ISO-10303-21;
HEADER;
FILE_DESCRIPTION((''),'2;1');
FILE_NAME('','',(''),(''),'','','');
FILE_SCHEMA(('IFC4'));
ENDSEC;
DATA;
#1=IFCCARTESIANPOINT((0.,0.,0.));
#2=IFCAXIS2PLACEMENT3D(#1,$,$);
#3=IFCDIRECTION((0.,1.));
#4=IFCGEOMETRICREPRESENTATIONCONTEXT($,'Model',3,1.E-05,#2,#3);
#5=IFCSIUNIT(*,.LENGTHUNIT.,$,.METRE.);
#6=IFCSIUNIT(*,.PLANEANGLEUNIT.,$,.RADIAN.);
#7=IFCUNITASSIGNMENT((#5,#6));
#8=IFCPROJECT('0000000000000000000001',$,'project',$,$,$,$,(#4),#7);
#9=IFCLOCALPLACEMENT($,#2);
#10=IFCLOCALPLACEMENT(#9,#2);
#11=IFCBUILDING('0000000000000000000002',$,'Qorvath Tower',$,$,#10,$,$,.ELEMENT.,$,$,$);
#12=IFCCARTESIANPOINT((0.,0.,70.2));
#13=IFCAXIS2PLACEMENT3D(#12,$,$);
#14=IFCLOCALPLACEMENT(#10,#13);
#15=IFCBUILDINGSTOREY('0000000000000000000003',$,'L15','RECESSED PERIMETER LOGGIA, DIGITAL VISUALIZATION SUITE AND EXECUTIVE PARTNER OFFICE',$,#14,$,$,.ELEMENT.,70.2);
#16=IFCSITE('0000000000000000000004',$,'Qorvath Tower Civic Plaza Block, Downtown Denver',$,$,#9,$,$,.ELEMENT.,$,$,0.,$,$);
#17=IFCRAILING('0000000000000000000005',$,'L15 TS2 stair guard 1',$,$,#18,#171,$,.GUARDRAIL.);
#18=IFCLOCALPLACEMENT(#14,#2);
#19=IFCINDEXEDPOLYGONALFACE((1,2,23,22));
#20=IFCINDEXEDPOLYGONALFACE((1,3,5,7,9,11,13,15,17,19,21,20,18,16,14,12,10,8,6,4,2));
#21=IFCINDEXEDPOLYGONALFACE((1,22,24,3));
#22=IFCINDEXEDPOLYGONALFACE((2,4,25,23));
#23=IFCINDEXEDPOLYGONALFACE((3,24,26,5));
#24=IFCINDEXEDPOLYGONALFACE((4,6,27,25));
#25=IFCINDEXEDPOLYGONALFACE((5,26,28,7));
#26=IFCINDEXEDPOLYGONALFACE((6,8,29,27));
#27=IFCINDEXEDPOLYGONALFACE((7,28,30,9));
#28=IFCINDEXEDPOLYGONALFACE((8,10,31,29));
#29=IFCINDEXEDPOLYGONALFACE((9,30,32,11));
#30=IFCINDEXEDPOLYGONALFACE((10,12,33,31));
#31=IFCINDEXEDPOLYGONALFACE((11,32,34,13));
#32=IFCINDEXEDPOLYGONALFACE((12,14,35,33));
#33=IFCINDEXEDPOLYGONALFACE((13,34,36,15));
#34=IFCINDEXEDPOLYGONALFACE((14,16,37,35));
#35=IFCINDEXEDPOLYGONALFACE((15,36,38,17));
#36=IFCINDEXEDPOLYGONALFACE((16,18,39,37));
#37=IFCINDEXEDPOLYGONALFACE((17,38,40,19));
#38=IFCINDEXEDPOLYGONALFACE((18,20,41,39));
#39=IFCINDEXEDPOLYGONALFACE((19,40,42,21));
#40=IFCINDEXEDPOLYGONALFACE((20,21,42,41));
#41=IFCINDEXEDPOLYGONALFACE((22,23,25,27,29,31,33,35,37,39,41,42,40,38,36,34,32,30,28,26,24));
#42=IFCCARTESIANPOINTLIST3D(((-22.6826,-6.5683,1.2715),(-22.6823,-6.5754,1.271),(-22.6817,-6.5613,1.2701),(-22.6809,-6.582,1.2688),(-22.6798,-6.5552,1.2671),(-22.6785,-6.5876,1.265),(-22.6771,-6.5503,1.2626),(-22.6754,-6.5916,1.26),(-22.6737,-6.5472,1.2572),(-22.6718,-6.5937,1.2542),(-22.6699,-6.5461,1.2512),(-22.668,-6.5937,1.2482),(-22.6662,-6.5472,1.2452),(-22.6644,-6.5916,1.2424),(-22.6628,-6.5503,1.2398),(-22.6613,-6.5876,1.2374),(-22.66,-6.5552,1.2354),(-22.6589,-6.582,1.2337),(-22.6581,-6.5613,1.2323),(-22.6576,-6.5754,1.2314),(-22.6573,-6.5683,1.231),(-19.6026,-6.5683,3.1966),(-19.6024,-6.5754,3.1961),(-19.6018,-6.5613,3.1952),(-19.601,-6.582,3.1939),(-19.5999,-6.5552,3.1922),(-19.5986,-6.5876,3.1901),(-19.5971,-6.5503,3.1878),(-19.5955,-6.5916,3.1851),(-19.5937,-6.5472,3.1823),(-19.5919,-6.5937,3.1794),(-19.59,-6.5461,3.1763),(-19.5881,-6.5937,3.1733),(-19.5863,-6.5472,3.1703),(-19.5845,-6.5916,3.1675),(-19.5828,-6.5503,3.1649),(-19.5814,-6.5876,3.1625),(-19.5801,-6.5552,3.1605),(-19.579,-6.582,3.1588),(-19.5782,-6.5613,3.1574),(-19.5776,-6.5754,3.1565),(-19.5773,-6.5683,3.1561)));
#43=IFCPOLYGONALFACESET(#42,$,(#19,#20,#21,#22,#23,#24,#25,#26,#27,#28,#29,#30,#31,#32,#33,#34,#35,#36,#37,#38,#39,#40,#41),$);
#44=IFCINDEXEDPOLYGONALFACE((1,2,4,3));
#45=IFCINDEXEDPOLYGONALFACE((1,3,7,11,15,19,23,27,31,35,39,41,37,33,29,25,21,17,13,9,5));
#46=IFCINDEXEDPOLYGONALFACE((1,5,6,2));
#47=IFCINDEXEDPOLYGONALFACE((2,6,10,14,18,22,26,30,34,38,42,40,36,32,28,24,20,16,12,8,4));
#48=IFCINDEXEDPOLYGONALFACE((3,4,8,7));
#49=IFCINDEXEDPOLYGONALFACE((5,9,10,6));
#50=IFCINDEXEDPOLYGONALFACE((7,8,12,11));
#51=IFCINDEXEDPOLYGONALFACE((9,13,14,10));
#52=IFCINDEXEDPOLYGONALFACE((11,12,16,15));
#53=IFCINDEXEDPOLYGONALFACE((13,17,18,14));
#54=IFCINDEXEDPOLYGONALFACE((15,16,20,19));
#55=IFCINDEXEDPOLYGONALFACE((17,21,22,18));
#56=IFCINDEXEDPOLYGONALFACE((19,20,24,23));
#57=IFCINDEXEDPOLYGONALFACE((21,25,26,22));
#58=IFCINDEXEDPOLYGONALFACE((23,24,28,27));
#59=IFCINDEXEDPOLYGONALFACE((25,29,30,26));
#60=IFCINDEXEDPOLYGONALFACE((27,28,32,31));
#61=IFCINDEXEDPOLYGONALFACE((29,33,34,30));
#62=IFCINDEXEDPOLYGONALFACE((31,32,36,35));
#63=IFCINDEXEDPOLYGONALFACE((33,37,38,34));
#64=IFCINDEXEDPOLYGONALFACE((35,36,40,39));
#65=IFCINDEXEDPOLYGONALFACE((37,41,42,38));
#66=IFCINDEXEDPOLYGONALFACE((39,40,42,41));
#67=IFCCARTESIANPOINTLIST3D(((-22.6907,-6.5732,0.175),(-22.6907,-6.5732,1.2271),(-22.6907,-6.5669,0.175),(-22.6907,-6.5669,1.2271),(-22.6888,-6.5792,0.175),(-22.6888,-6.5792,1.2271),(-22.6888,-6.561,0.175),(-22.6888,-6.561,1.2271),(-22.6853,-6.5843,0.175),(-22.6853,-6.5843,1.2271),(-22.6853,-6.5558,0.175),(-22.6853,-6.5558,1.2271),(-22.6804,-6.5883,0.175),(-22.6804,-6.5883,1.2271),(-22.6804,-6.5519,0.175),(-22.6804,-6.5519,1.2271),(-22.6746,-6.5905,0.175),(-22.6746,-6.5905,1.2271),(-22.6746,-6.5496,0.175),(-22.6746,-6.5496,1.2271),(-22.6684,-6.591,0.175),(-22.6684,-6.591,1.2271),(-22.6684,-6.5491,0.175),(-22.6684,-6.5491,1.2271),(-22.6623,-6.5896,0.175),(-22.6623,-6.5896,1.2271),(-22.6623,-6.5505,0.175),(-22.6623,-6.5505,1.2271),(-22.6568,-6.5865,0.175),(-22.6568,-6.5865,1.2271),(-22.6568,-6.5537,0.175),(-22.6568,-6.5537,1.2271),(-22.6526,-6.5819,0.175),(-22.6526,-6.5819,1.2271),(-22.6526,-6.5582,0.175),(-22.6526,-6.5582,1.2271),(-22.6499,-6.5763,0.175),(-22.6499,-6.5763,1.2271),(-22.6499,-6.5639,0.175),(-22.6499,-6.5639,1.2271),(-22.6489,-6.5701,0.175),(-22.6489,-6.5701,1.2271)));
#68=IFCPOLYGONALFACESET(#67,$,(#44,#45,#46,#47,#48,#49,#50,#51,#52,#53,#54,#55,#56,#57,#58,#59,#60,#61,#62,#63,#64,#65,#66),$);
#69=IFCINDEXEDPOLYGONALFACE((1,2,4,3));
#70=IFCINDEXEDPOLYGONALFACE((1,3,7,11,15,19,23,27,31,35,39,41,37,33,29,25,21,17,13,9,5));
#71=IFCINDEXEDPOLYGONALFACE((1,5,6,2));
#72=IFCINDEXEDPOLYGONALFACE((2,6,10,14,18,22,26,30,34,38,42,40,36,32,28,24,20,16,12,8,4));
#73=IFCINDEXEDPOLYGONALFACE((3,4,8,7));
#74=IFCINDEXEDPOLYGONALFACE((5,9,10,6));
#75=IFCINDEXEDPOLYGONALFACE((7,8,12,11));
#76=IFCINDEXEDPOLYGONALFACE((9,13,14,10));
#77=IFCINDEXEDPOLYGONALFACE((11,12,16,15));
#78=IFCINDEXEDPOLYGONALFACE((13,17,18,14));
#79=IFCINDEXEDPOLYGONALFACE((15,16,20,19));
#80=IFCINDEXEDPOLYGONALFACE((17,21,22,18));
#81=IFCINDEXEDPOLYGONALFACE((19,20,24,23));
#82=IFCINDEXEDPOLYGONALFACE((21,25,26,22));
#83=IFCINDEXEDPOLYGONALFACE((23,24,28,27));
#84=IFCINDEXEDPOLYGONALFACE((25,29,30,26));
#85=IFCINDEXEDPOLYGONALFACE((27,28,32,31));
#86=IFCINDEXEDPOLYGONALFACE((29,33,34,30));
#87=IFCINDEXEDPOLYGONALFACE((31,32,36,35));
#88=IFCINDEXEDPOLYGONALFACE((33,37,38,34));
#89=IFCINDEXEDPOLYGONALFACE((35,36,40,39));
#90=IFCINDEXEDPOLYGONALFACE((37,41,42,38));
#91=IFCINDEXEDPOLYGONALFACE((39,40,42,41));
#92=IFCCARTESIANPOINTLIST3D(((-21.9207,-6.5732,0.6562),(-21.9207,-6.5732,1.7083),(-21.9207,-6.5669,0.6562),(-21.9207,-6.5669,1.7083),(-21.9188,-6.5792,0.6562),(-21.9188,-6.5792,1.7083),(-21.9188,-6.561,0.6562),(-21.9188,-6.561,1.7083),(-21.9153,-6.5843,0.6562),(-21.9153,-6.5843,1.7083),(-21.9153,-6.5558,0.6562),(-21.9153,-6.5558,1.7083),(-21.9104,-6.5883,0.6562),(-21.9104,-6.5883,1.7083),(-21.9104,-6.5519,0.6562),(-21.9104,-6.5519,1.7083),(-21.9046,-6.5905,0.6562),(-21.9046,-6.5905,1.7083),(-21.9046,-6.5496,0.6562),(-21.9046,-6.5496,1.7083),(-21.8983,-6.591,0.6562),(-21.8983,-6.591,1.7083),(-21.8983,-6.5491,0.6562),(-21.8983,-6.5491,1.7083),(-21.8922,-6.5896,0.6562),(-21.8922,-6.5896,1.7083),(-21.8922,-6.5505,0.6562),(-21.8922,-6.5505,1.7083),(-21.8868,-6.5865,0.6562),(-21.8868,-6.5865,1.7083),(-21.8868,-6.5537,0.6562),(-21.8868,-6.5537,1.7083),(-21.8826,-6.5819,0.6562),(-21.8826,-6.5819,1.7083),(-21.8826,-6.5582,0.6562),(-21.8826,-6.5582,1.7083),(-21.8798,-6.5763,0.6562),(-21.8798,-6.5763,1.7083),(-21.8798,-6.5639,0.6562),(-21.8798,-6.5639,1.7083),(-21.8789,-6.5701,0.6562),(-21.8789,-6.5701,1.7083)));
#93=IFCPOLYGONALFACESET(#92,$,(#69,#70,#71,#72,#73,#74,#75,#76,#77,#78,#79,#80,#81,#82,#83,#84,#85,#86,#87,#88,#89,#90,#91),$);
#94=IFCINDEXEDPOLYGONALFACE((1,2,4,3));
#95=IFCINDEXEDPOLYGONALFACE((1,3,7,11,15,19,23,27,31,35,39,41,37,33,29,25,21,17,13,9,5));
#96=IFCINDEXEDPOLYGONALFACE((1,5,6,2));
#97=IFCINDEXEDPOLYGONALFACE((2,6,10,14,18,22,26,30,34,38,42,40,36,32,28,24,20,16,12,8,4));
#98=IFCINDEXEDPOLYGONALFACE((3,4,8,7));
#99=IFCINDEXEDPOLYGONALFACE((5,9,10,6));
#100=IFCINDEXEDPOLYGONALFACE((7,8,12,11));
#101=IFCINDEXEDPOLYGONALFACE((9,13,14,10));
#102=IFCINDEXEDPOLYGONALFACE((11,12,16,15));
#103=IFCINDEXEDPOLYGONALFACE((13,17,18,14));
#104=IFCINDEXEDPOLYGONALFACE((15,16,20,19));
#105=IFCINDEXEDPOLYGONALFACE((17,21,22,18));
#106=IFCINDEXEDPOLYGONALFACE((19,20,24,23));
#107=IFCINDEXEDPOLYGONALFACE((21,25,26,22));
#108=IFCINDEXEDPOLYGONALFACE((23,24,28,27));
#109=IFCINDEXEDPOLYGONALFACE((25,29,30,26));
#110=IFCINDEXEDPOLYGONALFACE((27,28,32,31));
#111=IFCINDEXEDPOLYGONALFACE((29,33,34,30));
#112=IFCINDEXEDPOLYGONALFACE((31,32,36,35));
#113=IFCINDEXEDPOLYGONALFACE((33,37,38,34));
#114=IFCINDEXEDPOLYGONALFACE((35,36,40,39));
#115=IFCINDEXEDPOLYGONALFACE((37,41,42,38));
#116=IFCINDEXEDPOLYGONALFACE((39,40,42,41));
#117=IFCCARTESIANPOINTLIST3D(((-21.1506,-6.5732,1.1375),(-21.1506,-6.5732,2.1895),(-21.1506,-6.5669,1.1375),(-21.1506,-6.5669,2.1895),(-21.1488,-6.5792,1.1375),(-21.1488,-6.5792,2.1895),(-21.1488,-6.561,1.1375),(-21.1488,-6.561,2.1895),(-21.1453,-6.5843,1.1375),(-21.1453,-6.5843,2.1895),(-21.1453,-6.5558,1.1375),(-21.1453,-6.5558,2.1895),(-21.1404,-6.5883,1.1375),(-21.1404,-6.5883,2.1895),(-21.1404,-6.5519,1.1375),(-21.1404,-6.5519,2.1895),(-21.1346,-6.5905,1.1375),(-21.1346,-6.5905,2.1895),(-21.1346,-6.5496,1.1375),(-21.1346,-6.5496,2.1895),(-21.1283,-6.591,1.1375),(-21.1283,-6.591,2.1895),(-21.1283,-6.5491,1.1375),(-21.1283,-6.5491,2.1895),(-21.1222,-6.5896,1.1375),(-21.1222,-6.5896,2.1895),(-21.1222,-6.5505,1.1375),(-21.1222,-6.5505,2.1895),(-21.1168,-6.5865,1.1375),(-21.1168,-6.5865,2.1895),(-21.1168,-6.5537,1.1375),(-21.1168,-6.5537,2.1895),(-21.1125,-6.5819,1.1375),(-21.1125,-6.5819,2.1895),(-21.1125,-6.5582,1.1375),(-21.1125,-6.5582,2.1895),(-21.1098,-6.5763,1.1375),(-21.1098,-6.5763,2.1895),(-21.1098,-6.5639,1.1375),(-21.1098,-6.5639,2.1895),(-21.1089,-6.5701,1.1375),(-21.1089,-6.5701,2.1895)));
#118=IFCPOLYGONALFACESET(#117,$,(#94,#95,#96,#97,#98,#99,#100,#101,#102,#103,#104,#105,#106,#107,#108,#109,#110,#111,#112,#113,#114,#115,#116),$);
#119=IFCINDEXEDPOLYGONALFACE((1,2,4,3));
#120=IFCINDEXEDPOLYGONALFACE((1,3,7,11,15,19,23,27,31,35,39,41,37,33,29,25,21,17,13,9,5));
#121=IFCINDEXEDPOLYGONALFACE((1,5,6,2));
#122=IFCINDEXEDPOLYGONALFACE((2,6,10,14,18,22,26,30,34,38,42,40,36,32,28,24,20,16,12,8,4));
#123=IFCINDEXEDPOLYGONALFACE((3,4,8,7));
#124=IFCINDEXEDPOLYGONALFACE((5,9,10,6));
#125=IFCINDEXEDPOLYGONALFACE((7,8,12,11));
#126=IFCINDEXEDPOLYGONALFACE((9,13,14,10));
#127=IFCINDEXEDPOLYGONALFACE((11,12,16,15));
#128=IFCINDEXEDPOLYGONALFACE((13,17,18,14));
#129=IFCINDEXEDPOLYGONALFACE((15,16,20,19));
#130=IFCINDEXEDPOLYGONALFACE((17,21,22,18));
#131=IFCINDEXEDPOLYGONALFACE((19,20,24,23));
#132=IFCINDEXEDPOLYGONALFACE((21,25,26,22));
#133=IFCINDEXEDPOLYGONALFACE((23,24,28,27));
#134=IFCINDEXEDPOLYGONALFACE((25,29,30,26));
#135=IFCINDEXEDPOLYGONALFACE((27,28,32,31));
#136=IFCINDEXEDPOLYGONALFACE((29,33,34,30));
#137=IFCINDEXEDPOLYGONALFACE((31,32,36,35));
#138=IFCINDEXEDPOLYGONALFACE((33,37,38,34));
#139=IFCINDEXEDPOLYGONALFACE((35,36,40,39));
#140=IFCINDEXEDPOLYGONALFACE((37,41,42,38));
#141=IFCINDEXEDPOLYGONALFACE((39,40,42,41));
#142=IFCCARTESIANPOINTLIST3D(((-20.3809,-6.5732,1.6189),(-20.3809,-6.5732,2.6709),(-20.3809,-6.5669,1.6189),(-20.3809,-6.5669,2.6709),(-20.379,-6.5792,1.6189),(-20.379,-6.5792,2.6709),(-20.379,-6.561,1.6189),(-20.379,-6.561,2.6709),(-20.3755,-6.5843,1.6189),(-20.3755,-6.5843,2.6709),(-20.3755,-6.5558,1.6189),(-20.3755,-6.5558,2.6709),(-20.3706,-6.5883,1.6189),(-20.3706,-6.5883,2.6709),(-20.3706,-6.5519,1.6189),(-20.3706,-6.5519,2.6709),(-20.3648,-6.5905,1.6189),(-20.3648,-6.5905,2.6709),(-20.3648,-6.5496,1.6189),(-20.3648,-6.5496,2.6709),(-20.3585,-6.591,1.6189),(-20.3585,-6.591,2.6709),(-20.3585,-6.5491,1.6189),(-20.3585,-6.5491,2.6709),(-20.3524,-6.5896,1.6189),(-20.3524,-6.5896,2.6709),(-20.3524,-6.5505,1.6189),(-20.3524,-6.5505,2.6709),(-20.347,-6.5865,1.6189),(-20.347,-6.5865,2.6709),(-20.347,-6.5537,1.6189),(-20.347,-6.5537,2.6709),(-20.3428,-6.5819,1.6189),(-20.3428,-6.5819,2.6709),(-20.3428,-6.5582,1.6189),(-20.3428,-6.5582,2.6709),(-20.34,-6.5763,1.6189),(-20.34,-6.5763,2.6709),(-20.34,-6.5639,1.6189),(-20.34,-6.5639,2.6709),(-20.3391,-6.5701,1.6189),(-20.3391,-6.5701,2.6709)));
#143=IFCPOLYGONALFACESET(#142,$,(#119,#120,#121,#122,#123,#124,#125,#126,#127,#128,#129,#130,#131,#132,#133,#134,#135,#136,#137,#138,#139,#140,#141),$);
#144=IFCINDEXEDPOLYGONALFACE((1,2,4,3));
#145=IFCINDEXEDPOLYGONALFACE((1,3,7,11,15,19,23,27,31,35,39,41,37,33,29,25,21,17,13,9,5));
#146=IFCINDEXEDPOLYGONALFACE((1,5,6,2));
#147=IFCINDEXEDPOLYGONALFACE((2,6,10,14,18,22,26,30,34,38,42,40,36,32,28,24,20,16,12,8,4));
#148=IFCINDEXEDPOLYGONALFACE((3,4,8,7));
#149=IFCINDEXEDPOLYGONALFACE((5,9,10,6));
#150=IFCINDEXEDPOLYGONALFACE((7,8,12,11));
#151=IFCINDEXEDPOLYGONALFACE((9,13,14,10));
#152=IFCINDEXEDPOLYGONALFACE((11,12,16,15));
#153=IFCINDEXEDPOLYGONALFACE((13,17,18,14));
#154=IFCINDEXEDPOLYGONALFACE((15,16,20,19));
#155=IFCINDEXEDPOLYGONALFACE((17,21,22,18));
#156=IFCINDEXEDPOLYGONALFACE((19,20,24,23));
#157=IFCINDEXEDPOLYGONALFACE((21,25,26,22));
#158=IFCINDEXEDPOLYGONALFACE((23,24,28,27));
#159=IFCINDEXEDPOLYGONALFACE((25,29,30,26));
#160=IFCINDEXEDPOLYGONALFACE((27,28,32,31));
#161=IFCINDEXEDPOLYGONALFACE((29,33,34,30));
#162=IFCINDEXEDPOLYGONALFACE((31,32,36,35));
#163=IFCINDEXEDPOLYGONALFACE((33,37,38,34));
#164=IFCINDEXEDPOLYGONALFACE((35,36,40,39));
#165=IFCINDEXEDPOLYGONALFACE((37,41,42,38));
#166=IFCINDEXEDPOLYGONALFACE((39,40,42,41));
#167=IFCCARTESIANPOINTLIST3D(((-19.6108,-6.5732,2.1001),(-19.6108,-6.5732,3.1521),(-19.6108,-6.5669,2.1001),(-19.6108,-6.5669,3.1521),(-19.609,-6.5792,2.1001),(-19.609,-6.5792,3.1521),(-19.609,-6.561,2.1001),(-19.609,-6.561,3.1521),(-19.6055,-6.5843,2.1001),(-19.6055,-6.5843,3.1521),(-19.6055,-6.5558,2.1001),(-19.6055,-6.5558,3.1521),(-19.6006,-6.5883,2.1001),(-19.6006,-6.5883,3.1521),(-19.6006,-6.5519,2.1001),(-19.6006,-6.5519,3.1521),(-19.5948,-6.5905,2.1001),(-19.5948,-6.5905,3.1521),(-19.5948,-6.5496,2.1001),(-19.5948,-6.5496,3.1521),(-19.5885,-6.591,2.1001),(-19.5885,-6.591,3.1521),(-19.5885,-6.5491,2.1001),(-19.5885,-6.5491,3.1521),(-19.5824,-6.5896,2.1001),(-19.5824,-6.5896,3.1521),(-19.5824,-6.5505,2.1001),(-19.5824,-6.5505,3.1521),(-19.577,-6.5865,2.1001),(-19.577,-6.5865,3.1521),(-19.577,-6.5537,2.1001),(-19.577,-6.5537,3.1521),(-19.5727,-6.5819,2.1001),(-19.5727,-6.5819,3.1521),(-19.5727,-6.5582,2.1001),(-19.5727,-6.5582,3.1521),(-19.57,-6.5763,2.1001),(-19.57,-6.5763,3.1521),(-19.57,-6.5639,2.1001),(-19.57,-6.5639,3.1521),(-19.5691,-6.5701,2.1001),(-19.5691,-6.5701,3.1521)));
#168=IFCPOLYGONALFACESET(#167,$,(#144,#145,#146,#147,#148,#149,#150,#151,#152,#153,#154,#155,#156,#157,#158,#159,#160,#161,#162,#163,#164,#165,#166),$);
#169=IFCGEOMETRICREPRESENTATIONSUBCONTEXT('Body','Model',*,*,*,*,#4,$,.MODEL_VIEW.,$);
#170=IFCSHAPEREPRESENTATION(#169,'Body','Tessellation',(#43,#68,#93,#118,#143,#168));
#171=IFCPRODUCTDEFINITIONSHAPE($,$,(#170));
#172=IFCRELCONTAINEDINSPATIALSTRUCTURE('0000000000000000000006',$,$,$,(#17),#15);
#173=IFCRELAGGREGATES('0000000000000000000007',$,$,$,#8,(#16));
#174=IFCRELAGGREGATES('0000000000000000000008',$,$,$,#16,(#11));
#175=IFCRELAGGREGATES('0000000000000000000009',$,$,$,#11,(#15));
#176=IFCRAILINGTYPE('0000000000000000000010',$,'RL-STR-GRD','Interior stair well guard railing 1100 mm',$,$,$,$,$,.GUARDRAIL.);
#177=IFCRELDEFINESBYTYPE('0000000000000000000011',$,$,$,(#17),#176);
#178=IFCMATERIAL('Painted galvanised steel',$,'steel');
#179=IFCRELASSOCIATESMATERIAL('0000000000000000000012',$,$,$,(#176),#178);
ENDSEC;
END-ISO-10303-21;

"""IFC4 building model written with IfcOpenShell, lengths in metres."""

from ifc_helpers import new_model, si_unit, direction, frame, origin, origin_2d, place, context, subcontext, project, spatial, circle, extrude, material, type_object, element, save


model = new_model("IFC4")

# Units and contexts
model_context = context("Model", 3, precision=1e-05, world=origin(), true_north=direction((0.0, 1.0)))
body_context = subcontext(model_context, "Body", "Model", "MODEL_VIEW")
ifc_project = project(units=[si_unit("LENGTHUNIT", "METRE"), si_unit("PLANEANGLEUNIT", "RADIAN")], contexts=[model_context])

# Site, building, storey
site_placement = place(None, origin())
site = spatial("IfcSite", under=ifc_project, at=site_placement, Name="Qorvath Tower Civic Plaza Block, Downtown Denver", CompositionType="ELEMENT", RefElevation=0.0)
building_placement = place(site_placement, origin())
building = spatial("IfcBuilding", under=site, at=building_placement, Name="Qorvath Tower", CompositionType="ELEMENT")
storey_placement = place(building_placement, frame((0.0, 0.0, 70.2)))
storey = spatial("IfcBuildingStorey", under=building, at=storey_placement, Name="L15", Description="RECESSED PERIMETER LOGGIA, DIGITAL VISUALIZATION SUITE AND EXECUTIVE PARTNER OFFICE", CompositionType="ELEMENT", Elevation=70.2)

# Railing
ifc_material_1 = material(Name="Painted galvanised steel", Category="steel")
railing_type_1 = type_object("IfcRailingType", Name="RL-STR-GRD", Description="Interior stair well guard railing 1100 mm", PredefinedType="GUARDRAIL", material=ifc_material_1)
railing_1_placement = place(storey_placement, frame((-22.6699, -6.5701, 0.175)))
element("IfcRailing", 1, at=railing_1_placement, inside=storey, type_object=railing_type_1, Name="L15 TS2 stair guard 1", PredefinedType="GUARDRAIL", context=body_context, shape_type="SweptSolid", body=[
    extrude(circle(Radius=0.0239, at=origin_2d()), frame((0.0, 0.0, 1.0762), z_axis=(0.847979, 0.0, 0.530029), x_axis=(0.0, 1.0, 0.0)), (0.0, 0.0, 1.0), 3.6321),
    extrude(circle(Radius=0.021, at=origin_2d()), origin(), (0.0, 0.0, 1.0), 1.052),
    extrude(circle(Radius=0.021, at=origin_2d()), frame((0.77, 0.0, 0.4812)), (0.0, 0.0, 1.0), 1.052),
    extrude(circle(Radius=0.021, at=origin_2d()), frame((1.54, 0.0, 0.9624)), (0.0, 0.0, 1.0), 1.052),
    extrude(circle(Radius=0.021, at=origin_2d()), frame((2.3098, 0.0, 1.4438)), (0.0, 0.0, 1.0), 1.052),
    extrude(circle(Radius=0.021, at=origin_2d()), frame((3.0798, 0.0, 1.925)), (0.0, 0.0, 1.0), 1.052),
])

save(model, "model.ifc")
